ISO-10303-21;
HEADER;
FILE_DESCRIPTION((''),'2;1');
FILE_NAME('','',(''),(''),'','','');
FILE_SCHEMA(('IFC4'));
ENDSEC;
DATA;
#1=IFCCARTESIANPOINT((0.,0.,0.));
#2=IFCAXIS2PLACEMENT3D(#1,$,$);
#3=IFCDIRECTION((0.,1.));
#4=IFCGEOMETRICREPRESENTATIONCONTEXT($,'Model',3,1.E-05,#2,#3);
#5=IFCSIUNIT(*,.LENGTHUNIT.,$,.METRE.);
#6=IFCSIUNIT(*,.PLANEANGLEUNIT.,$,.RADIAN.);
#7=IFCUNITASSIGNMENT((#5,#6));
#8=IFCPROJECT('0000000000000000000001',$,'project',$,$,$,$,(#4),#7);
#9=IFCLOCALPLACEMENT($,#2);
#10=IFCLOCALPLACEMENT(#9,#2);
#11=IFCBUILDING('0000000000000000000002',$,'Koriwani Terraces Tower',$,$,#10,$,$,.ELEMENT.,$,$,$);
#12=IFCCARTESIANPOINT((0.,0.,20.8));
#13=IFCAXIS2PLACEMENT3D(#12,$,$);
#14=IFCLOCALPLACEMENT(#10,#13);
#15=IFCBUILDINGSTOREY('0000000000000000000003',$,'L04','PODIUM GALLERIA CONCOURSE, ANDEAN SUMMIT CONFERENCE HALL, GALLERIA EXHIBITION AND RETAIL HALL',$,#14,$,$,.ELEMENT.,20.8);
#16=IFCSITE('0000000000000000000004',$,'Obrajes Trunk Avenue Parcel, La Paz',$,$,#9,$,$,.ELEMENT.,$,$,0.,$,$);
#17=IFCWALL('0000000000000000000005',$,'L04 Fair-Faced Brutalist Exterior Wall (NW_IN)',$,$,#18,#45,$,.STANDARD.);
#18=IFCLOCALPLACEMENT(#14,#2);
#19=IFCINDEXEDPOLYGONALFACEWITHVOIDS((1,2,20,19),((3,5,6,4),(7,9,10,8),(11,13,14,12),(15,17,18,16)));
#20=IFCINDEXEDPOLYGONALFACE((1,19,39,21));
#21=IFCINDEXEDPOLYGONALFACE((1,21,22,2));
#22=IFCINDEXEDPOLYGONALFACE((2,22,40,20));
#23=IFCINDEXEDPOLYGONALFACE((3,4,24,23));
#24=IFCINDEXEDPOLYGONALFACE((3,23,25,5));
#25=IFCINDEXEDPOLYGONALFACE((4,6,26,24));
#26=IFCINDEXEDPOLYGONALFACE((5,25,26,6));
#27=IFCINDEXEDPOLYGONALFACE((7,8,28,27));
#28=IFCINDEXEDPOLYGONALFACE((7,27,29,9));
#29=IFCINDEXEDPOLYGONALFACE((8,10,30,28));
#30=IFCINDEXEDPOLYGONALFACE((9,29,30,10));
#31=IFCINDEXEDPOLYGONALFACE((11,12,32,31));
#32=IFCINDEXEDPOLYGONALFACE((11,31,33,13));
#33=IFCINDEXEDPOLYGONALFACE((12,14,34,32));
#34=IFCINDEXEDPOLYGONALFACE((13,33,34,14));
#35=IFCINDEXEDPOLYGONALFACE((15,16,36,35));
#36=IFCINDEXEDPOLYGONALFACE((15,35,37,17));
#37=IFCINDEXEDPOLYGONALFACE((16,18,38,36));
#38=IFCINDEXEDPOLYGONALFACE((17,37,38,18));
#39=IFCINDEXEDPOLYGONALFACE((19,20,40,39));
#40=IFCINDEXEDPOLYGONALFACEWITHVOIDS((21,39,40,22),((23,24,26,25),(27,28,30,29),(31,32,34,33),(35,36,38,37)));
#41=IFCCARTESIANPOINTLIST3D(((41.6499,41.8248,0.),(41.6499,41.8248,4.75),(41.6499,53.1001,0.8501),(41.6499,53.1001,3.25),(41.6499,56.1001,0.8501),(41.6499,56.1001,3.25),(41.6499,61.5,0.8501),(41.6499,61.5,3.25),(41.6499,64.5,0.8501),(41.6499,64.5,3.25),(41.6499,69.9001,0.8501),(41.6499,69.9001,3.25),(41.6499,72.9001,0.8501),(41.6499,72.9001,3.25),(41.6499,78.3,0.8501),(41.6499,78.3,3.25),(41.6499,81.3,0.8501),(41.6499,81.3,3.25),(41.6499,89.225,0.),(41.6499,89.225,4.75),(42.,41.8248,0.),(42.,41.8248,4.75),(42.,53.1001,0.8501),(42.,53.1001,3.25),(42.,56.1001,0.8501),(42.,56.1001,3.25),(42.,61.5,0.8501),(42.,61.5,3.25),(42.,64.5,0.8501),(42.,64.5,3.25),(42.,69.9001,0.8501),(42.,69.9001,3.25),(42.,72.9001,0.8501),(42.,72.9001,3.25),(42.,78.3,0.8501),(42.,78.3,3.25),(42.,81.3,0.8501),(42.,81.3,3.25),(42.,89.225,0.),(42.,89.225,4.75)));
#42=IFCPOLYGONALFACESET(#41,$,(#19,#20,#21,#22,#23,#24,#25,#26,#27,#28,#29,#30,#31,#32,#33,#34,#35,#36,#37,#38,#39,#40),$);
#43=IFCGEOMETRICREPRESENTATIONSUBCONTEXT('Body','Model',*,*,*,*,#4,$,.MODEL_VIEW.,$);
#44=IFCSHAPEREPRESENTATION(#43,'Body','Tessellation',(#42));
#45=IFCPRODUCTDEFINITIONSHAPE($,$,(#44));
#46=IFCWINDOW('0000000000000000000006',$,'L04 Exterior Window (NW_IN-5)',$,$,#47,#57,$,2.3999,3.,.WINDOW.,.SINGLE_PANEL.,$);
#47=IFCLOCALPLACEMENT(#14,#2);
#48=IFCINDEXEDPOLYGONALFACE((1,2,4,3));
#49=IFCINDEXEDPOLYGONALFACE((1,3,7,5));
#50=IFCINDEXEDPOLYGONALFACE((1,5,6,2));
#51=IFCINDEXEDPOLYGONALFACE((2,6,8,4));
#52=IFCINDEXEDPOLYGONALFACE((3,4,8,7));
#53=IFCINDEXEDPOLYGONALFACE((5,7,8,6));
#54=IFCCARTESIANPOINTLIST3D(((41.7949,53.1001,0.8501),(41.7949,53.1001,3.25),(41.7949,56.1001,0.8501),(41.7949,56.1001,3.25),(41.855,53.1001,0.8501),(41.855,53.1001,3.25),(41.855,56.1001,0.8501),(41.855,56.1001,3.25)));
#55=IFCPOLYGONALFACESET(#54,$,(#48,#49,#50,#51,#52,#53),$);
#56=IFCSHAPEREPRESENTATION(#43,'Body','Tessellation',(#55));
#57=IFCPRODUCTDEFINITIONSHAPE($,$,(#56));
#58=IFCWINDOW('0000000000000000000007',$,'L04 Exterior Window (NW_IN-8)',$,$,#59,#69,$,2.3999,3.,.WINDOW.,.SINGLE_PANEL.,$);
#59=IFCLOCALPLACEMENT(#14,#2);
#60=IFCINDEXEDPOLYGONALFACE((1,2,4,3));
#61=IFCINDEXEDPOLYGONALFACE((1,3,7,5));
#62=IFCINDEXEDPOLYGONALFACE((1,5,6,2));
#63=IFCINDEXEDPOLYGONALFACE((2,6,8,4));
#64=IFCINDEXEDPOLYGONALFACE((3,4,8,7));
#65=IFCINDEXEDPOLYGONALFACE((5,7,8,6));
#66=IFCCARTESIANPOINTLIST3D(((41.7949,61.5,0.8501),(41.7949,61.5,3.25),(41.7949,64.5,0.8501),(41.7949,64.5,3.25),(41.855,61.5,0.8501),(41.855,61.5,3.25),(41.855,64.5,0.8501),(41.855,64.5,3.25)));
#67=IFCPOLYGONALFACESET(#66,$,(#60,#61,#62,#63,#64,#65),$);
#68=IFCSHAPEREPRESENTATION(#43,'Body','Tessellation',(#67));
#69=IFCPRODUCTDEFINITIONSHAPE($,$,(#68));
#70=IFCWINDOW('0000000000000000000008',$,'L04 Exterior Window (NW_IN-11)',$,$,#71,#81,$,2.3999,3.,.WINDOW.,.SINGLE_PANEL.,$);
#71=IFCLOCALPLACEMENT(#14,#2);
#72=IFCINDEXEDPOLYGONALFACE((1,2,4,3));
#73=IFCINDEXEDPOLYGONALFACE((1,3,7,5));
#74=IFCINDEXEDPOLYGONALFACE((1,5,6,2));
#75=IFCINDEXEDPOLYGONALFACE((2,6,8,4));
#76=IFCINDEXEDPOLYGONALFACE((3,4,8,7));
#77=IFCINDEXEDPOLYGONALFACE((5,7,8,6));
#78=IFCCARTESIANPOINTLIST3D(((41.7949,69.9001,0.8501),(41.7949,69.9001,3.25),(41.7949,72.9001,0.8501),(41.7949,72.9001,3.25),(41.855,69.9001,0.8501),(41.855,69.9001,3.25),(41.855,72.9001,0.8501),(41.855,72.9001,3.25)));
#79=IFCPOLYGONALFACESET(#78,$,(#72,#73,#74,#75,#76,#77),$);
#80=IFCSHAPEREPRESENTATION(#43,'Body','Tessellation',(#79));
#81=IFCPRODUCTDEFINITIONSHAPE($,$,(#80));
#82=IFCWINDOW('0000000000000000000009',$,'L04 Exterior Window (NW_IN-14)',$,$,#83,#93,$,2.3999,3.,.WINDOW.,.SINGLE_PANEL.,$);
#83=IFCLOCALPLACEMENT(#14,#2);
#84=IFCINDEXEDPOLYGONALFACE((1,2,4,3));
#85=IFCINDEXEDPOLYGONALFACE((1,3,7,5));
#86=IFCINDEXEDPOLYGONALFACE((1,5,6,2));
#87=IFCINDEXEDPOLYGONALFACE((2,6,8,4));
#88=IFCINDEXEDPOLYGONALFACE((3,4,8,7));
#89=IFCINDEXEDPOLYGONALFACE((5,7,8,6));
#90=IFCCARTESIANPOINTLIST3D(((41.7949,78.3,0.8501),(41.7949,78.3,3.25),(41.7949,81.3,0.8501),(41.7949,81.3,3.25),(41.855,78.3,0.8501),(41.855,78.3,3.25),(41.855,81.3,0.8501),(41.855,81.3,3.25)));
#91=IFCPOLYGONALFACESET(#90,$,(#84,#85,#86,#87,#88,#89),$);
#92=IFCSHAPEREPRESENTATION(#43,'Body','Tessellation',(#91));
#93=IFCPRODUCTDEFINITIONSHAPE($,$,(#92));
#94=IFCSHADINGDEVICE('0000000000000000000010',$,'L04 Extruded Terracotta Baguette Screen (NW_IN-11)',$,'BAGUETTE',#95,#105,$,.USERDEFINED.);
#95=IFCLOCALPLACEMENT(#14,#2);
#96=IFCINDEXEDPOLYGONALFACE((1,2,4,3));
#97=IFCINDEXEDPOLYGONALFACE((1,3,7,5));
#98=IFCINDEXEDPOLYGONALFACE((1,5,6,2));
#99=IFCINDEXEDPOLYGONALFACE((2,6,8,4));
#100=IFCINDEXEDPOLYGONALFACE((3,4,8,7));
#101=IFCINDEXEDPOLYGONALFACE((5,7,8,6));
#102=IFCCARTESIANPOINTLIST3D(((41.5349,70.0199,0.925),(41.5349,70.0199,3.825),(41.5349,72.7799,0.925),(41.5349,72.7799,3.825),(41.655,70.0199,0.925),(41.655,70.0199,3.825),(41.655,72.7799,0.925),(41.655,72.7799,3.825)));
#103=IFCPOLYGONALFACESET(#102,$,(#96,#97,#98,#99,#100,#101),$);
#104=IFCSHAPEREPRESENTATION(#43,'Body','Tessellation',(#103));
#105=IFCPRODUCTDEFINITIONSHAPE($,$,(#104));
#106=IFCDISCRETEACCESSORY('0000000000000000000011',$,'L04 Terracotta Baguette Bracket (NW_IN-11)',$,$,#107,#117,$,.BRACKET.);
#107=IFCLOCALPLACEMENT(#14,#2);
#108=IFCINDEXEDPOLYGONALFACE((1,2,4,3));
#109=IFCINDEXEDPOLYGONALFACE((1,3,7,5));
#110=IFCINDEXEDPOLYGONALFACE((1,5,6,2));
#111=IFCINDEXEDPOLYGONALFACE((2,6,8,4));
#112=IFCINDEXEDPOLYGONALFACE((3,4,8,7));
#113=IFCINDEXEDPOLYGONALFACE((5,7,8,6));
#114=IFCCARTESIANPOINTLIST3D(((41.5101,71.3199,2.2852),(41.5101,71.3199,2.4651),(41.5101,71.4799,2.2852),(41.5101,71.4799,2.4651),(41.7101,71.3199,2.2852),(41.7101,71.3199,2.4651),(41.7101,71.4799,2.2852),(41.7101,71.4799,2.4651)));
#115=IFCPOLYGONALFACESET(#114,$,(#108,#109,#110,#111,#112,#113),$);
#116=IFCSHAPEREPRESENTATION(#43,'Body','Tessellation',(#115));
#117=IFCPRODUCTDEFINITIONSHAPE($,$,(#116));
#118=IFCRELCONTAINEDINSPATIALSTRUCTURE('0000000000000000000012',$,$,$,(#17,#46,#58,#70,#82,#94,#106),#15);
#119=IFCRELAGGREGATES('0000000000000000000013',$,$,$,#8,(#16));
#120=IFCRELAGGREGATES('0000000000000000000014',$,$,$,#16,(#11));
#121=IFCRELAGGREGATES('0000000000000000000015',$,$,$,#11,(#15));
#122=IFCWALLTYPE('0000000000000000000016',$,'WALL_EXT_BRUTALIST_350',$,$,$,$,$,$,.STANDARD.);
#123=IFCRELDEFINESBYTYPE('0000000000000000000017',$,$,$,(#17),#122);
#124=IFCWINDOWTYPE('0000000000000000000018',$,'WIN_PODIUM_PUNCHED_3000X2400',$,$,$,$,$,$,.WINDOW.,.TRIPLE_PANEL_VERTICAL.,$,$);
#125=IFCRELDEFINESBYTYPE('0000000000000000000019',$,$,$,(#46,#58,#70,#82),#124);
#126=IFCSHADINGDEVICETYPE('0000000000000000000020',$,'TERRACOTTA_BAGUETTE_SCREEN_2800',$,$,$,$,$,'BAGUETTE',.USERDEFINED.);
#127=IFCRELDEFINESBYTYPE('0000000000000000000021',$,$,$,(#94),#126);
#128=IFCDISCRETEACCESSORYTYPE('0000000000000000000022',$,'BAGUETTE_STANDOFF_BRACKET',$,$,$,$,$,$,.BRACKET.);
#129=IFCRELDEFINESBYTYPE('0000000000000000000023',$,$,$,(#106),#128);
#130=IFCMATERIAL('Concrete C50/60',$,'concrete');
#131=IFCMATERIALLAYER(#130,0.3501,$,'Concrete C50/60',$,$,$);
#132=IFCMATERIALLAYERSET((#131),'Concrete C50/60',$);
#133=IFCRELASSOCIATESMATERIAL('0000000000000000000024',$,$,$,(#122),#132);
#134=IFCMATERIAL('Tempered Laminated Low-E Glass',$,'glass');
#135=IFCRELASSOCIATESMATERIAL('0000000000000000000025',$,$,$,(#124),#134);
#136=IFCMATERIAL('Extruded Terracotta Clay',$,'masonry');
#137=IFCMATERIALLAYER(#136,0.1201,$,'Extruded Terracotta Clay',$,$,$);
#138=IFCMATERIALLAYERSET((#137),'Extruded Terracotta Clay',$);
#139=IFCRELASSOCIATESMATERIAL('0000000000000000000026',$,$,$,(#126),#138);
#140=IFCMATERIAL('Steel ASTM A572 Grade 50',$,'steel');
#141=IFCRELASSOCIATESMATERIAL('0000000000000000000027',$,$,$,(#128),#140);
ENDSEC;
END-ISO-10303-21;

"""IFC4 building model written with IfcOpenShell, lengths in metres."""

from ifc_helpers import new_model, si_unit, direction, frame, frame_2d, origin, origin_2d, place, context, subcontext, project, spatial, rectangle, extrude, material, layer, layer_set, type_object, element, fill, save


model = new_model("IFC4")

# Units and contexts
model_context = context("Model", 3, precision=1e-05, world=origin(), true_north=direction((0.0, 1.0)))
body_context = subcontext(model_context, "Body", "Model", "MODEL_VIEW")
ifc_project = project(units=[si_unit("LENGTHUNIT", "METRE"), si_unit("PLANEANGLEUNIT", "RADIAN")], contexts=[model_context])

# Site, building, storey
site_placement = place(None, origin())
site = spatial("IfcSite", under=ifc_project, at=site_placement, Name="Obrajes Trunk Avenue Parcel, La Paz", CompositionType="ELEMENT", RefElevation=0.0)
building_placement = place(site_placement, origin())
building = spatial("IfcBuilding", under=site, at=building_placement, Name="Koriwani Terraces Tower", CompositionType="ELEMENT")
storey_placement = place(building_placement, frame((0.0, 0.0, 20.8)))
storey = spatial("IfcBuildingStorey", under=building, at=storey_placement, Name="L04", Description="PODIUM GALLERIA CONCOURSE, ANDEAN SUMMIT CONFERENCE HALL, GALLERIA EXHIBITION AND RETAIL HALL", CompositionType="ELEMENT", Elevation=20.8)

# Shared definitions
ifc_material_1 = material(Name="Steel ASTM A572 Grade 50", Category="steel")

# Shared definitions
ifc_material_2 = material(Name="Concrete C50/60", Category="concrete")
ifc_layer_1 = layer(ifc_material_2, 0.3501, Name="Concrete C50/60")
ifc_layer_set_1 = layer_set([ifc_layer_1], Name="Concrete C50/60")
wall_type = type_object("IfcWallType", Name="WALL_EXT_BRUTALIST_350", PredefinedType="STANDARD", material=ifc_layer_set_1)

# Wall, openings, windows
wall_placement = place(storey_placement, frame((41.825, 89.2251, 0.0), z_axis=(0.0, 0.0, 1.0), x_axis=(0.0, -1.0, 0.0)))
wall = element("IfcWall", 1, at=wall_placement, inside=storey, type_object=wall_type, Name="L04 Fair-Faced Brutalist Exterior Wall (NW_IN)", PredefinedType="STANDARD", context=body_context, shape_type="SweptSolid", body=[
    extrude(rectangle(XDim=47.4001, YDim=0.3501, at=frame_2d((23.7002, 0.0))), origin(), (0.0, 0.0, 1.0), 4.75),
])
opening_1_placement = place(wall_placement, frame((33.125, 0.0, 0.8501)))
opening_1 = element("IfcOpeningElement", 2, at=opening_1_placement, cuts=wall, PredefinedType="OPENING", context=body_context, shape_type="SweptSolid", body=[
    extrude(rectangle(XDim=3.0, YDim=2.3999, at=frame_2d((1.5, 1.2))), frame((0.0, 0.1851, 0.0), z_axis=(0.0, -1.0, 0.0), x_axis=(1.0, 0.0, 0.0)), (0.0, 0.0, 1.0), 0.3701),
])
opening_2_placement = place(wall_placement, frame((24.7251, 0.0, 0.8501)))
opening_2 = element("IfcOpeningElement", 3, at=opening_2_placement, cuts=wall, PredefinedType="OPENING", context=body_context, shape_type="SweptSolid", body=[
    extrude(rectangle(XDim=3.0, YDim=2.3999, at=frame_2d((1.5, 1.2))), frame((0.0, 0.1851, 0.0), z_axis=(0.0, -1.0, 0.0), x_axis=(1.0, 0.0, 0.0)), (0.0, 0.0, 1.0), 0.3701),
])
opening_3_placement = place(wall_placement, frame((16.325, 0.0, 0.8501)))
opening_3 = element("IfcOpeningElement", 4, at=opening_3_placement, cuts=wall, PredefinedType="OPENING", context=body_context, shape_type="SweptSolid", body=[
    extrude(rectangle(XDim=3.0, YDim=2.3999, at=frame_2d((1.5, 1.2))), frame((0.0, 0.1851, 0.0), z_axis=(0.0, -1.0, 0.0), x_axis=(1.0, 0.0, 0.0)), (0.0, 0.0, 1.0), 0.3701),
])
opening_4_placement = place(wall_placement, frame((7.925, 0.0, 0.8501)))
opening_4 = element("IfcOpeningElement", 5, at=opening_4_placement, cuts=wall, PredefinedType="OPENING", context=body_context, shape_type="SweptSolid", body=[
    extrude(rectangle(XDim=3.0, YDim=2.3999, at=frame_2d((1.5, 1.2))), frame((0.0, 0.1851, 0.0), z_axis=(0.0, -1.0, 0.0), x_axis=(1.0, 0.0, 0.0)), (0.0, 0.0, 1.0), 0.3701),
])
ifc_material_3 = material(Name="Tempered Laminated Low-E Glass", Category="glass")
window_type = type_object("IfcWindowType", Name="WIN_PODIUM_PUNCHED_3000X2400", PartitioningType="TRIPLE_PANEL_VERTICAL", PredefinedType="WINDOW", material=ifc_material_3)
window_1_placement = place(opening_1_placement, origin())
window_1 = element("IfcWindow", 6, at=window_1_placement, inside=storey, type_object=window_type, Name="L04 Exterior Window (NW_IN-5)", OverallHeight=2.3999, OverallWidth=3.0, PartitioningType="SINGLE_PANEL", PredefinedType="WINDOW", context=body_context, shape_type="SweptSolid", body=[
    extrude(rectangle(XDim=3.0, YDim=2.3999, at=frame_2d((1.5, 1.2))), frame((0.0, 0.03, 0.0), z_axis=(0.0, -1.0, 0.0), x_axis=(1.0, 0.0, 0.0)), (0.0, 0.0, 1.0), 0.0601),
])
fill(opening_1, window_1)
window_2_placement = place(opening_2_placement, origin())
window_2 = element("IfcWindow", 7, at=window_2_placement, inside=storey, type_object=window_type, Name="L04 Exterior Window (NW_IN-8)", OverallHeight=2.3999, OverallWidth=3.0, PartitioningType="SINGLE_PANEL", PredefinedType="WINDOW", context=body_context, shape_type="SweptSolid", body=[
    extrude(rectangle(XDim=3.0, YDim=2.3999, at=frame_2d((1.5, 1.2))), frame((0.0, 0.03, 0.0), z_axis=(0.0, -1.0, 0.0), x_axis=(1.0, 0.0, 0.0)), (0.0, 0.0, 1.0), 0.0601),
])
fill(opening_2, window_2)
window_3_placement = place(opening_3_placement, origin())
window_3 = element("IfcWindow", 8, at=window_3_placement, inside=storey, type_object=window_type, Name="L04 Exterior Window (NW_IN-11)", OverallHeight=2.3999, OverallWidth=3.0, PartitioningType="SINGLE_PANEL", PredefinedType="WINDOW", context=body_context, shape_type="SweptSolid", body=[
    extrude(rectangle(XDim=3.0, YDim=2.3999, at=frame_2d((1.5, 1.2))), frame((0.0, 0.03, 0.0), z_axis=(0.0, -1.0, 0.0), x_axis=(1.0, 0.0, 0.0)), (0.0, 0.0, 1.0), 0.0601),
])
fill(opening_3, window_3)
window_4_placement = place(opening_4_placement, origin())
window_4 = element("IfcWindow", 9, at=window_4_placement, inside=storey, type_object=window_type, Name="L04 Exterior Window (NW_IN-14)", OverallHeight=2.3999, OverallWidth=3.0, PartitioningType="SINGLE_PANEL", PredefinedType="WINDOW", context=body_context, shape_type="SweptSolid", body=[
    extrude(rectangle(XDim=3.0, YDim=2.3999, at=frame_2d((1.5, 1.2))), frame((0.0, 0.03, 0.0), z_axis=(0.0, -1.0, 0.0), x_axis=(1.0, 0.0, 0.0)), (0.0, 0.0, 1.0), 0.0601),
])
fill(opening_4, window_4)

# Shading device
ifc_material_4 = material(Name="Extruded Terracotta Clay", Category="masonry")
ifc_layer_2 = layer(ifc_material_4, 0.1201, Name="Extruded Terracotta Clay")
ifc_layer_set_2 = layer_set([ifc_layer_2], Name="Extruded Terracotta Clay")
shading_device_type = type_object("IfcShadingDeviceType", Name="TERRACOTTA_BAGUETTE_SCREEN_2800", ElementType="BAGUETTE", PredefinedType="USERDEFINED", material=ifc_layer_set_2)
shading_device_placement = place(storey_placement, frame((41.595, 71.3999, 0.925), z_axis=(0.0, 0.0, 1.0), x_axis=(0.0, -1.0, 0.0)))
element("IfcShadingDevice", 10, at=shading_device_placement, inside=storey, type_object=shading_device_type, Name="L04 Extruded Terracotta Baguette Screen (NW_IN-11)", ObjectType="BAGUETTE", PredefinedType="USERDEFINED", context=body_context, shape_type="SweptSolid", body=[
    extrude(rectangle(XDim=2.76, YDim=0.1201, at=origin_2d()), origin(), (0.0, 0.0, 1.0), 2.8999),
])

# Discrete accessory
discrete_accessory_type = type_object("IfcDiscreteAccessoryType", Name="BAGUETTE_STANDOFF_BRACKET", PredefinedType="BRACKET", material=ifc_material_1)
discrete_accessory_placement = place(storey_placement, frame((41.6101, 71.3999, 2.2852), z_axis=(0.0, 0.0, 1.0), x_axis=(0.0, -1.0, 0.0)))
element("IfcDiscreteAccessory", 11, at=discrete_accessory_placement, inside=storey, type_object=discrete_accessory_type, Name="L04 Terracotta Baguette Bracket (NW_IN-11)", PredefinedType="BRACKET", context=body_context, shape_type="SweptSolid", body=[
    extrude(rectangle(XDim=0.1599, YDim=0.2, at=origin_2d()), origin(), (0.0, 0.0, 1.0), 0.1799),
])

save(model, "model.ifc")
